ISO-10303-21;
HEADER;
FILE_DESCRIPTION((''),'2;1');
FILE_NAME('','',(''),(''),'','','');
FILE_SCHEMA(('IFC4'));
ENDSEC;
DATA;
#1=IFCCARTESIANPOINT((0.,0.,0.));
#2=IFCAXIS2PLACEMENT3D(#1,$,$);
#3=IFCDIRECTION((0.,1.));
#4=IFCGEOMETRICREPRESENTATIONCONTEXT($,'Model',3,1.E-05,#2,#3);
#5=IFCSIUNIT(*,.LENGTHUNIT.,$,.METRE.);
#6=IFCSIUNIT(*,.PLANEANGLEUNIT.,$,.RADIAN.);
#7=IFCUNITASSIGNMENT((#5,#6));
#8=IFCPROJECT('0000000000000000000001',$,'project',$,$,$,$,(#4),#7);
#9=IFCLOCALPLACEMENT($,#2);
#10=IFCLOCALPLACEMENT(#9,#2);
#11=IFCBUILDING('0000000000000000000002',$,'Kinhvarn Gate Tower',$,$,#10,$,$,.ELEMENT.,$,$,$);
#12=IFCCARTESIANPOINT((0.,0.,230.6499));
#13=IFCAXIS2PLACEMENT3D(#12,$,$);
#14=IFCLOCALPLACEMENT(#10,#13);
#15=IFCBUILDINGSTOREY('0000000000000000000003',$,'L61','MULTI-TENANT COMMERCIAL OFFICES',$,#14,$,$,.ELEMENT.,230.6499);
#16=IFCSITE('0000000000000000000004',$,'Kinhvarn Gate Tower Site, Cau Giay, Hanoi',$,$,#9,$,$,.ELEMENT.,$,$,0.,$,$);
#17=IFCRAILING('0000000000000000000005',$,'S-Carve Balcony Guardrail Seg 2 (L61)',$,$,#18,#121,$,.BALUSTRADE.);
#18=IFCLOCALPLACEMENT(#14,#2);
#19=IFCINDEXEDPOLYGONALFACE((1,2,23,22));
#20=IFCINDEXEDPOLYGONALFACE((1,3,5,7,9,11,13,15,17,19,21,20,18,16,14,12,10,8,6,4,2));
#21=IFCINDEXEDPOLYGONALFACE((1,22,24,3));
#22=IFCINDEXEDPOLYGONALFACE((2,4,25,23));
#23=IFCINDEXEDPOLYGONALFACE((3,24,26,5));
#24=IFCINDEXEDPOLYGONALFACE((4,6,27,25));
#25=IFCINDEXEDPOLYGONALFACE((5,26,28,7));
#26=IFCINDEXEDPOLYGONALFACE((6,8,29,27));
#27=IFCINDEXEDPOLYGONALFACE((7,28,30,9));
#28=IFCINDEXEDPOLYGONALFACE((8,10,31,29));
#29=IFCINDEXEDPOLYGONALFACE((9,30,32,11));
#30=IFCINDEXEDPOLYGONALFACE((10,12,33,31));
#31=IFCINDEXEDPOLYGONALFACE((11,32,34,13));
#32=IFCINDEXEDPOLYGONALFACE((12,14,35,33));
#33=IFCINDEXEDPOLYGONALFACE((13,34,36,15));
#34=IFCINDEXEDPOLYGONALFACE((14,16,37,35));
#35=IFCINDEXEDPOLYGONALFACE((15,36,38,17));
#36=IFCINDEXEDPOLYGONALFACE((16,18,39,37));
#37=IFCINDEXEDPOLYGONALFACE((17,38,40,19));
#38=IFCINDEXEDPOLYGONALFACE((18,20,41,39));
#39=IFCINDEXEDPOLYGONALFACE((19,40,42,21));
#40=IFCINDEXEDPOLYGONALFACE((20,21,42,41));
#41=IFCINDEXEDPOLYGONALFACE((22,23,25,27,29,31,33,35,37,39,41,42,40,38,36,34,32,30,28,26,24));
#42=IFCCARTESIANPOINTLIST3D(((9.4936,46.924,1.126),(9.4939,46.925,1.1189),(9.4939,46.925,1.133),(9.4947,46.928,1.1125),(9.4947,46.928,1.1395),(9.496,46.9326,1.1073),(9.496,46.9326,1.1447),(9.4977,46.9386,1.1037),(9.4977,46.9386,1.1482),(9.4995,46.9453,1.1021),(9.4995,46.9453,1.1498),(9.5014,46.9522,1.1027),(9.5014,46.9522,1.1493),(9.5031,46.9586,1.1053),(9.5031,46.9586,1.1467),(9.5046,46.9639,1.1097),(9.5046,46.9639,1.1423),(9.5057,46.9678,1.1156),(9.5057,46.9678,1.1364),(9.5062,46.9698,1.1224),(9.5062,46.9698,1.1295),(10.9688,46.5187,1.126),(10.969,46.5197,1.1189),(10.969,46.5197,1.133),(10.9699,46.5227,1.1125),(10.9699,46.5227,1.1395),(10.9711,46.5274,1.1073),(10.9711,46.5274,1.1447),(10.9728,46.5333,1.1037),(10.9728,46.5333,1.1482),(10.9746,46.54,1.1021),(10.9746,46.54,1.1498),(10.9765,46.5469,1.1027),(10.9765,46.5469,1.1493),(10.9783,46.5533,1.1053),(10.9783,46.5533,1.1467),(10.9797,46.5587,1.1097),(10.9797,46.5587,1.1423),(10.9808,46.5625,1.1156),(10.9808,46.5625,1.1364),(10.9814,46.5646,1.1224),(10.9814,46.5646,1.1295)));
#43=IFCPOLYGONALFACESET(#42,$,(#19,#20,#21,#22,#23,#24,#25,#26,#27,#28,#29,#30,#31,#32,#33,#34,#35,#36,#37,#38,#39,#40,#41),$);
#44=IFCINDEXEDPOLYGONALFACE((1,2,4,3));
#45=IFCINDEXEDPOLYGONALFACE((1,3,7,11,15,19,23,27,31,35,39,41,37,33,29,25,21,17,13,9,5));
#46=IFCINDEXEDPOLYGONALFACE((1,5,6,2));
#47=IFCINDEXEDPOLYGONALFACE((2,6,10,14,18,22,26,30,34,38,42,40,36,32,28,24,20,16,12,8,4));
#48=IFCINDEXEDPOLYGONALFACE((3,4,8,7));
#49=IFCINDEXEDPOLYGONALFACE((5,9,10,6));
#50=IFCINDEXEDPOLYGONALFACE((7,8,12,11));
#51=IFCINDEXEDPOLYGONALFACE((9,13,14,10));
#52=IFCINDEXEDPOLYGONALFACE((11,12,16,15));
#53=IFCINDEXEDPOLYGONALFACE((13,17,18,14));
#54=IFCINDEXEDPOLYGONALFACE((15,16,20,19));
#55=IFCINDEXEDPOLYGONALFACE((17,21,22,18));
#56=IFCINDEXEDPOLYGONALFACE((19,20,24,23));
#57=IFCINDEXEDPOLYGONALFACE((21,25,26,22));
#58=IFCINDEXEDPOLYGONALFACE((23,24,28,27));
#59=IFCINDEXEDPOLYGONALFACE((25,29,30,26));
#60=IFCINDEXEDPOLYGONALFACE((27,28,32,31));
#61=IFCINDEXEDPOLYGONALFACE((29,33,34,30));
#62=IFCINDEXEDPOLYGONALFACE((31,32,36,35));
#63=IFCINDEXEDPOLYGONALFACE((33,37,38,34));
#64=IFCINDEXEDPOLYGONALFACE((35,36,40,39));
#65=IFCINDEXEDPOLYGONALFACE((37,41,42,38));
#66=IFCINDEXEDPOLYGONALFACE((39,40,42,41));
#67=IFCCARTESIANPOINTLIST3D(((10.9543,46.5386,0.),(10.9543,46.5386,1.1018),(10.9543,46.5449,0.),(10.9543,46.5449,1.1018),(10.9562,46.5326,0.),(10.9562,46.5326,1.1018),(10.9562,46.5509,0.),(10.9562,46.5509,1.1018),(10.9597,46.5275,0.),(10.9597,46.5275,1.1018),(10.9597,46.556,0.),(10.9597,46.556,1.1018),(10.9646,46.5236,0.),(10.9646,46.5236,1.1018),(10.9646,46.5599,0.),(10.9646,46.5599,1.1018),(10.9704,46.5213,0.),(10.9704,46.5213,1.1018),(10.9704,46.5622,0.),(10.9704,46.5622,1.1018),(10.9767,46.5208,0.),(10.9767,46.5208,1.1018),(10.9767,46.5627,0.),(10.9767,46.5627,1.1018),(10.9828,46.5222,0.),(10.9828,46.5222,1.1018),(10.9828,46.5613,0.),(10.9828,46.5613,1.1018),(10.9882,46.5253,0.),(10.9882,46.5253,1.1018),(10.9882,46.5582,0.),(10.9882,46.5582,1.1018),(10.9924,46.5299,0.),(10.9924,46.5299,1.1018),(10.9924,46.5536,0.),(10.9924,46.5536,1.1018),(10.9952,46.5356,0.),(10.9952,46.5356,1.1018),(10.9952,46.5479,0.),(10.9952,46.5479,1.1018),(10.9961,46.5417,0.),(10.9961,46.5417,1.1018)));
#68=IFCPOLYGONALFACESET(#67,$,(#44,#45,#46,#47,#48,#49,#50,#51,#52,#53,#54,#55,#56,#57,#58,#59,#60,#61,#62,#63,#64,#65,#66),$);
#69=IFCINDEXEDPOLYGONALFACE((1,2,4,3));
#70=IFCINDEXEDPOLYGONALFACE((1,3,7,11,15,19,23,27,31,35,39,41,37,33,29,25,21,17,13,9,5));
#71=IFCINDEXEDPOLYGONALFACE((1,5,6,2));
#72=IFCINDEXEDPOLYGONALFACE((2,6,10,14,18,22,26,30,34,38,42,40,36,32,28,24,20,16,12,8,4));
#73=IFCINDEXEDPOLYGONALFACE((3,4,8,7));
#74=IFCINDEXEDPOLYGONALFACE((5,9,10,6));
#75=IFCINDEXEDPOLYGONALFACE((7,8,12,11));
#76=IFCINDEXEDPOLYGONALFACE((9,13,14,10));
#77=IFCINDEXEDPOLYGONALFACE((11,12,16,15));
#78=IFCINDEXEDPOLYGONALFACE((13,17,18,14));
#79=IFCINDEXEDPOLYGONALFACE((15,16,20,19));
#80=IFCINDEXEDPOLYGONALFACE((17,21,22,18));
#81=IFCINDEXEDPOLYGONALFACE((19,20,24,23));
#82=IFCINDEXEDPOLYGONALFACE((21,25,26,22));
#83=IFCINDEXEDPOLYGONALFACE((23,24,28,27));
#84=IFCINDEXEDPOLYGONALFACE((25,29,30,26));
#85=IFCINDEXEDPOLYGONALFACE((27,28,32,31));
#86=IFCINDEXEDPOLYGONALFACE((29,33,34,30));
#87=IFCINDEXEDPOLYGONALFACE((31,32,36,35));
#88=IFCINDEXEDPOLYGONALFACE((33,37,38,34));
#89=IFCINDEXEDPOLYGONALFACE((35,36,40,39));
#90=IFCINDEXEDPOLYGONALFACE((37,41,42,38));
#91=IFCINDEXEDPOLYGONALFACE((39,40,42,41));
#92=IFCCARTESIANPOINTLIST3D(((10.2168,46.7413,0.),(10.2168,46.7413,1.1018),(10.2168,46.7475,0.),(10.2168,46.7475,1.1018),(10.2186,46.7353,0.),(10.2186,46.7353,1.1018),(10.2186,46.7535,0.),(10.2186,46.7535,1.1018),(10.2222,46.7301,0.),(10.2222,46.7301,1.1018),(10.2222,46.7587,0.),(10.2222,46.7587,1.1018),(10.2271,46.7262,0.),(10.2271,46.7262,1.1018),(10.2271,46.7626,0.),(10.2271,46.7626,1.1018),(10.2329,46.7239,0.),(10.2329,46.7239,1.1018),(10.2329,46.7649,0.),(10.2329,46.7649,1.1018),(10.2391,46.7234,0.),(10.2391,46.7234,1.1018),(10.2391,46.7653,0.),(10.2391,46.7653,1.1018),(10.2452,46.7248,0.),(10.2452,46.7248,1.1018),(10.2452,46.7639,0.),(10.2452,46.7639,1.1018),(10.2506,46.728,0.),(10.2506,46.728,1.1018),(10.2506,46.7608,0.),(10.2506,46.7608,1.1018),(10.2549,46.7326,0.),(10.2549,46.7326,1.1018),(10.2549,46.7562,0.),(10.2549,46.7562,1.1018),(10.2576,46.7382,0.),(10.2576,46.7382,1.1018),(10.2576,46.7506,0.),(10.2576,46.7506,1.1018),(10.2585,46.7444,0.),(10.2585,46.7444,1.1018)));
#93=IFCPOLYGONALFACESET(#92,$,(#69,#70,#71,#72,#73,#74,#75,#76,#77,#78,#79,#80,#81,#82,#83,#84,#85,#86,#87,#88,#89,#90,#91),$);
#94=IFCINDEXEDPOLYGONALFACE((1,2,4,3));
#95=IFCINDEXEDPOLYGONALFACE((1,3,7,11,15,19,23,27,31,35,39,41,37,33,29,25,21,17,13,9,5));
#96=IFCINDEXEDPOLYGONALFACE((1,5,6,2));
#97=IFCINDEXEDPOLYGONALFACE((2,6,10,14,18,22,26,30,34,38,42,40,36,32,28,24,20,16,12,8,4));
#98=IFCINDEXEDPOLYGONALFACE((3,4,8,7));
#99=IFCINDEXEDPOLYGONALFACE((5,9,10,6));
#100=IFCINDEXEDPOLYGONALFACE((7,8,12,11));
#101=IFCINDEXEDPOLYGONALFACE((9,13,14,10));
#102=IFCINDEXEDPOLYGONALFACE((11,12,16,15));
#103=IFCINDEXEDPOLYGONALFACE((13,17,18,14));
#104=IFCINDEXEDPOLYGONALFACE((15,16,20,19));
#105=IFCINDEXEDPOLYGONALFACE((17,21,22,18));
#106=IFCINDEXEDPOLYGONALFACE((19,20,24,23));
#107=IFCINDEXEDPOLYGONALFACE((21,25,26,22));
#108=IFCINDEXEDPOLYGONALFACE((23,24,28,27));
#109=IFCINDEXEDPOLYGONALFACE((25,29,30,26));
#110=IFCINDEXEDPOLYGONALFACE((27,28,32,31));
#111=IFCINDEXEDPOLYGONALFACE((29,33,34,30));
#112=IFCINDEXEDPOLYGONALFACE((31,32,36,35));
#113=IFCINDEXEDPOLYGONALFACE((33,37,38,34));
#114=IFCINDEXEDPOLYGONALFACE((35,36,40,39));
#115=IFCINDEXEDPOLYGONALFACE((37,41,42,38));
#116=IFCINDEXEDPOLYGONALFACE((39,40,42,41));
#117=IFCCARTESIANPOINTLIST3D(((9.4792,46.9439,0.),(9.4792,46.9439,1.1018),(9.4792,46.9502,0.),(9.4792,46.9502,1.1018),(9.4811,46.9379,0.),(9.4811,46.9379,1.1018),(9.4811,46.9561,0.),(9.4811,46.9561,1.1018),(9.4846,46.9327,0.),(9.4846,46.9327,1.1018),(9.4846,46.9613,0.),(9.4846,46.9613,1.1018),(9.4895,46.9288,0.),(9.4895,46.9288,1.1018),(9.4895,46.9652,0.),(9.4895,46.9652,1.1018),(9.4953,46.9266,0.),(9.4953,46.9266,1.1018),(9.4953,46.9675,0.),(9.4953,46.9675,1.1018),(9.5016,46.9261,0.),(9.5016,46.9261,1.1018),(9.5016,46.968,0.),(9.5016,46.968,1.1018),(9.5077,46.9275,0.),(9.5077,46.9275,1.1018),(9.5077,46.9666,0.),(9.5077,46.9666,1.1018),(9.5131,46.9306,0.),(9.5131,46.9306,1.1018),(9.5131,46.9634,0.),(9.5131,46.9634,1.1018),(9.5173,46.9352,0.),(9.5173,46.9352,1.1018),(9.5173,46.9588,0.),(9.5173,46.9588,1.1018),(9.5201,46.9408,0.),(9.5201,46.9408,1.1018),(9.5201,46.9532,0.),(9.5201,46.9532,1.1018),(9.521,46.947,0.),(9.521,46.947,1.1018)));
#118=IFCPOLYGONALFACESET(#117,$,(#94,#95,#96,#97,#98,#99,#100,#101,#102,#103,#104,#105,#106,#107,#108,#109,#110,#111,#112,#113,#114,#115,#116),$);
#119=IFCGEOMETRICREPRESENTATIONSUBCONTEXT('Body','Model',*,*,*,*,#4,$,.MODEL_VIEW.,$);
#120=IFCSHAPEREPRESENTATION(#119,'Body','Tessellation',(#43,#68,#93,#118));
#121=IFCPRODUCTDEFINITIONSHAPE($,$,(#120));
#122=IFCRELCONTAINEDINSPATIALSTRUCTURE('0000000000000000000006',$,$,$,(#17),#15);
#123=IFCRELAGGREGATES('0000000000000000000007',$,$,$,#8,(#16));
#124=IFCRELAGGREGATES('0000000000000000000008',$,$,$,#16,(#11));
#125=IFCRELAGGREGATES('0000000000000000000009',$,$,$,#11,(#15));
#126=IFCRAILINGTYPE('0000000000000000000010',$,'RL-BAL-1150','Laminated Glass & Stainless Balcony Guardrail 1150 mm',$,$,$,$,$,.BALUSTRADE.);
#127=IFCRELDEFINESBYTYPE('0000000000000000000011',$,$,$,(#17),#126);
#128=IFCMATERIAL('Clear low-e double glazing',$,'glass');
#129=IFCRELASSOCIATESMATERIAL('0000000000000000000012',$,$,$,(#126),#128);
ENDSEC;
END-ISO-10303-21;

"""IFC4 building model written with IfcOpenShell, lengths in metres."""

from ifc_helpers import new_model, si_unit, direction, frame, origin, origin_2d, place, context, subcontext, project, spatial, circle, extrude, material, type_object, element, save


model = new_model("IFC4")

# Units and contexts
model_context = context("Model", 3, precision=1e-05, world=origin(), true_north=direction((0.0, 1.0)))
body_context = subcontext(model_context, "Body", "Model", "MODEL_VIEW")
ifc_project = project(units=[si_unit("LENGTHUNIT", "METRE"), si_unit("PLANEANGLEUNIT", "RADIAN")], contexts=[model_context])

# Site, building, storey
site_placement = place(None, origin())
site = spatial("IfcSite", under=ifc_project, at=site_placement, Name="Kinhvarn Gate Tower Site, Cau Giay, Hanoi", CompositionType="ELEMENT", RefElevation=0.0)
building_placement = place(site_placement, origin())
building = spatial("IfcBuilding", under=site, at=building_placement, Name="Kinhvarn Gate Tower", CompositionType="ELEMENT")
storey_placement = place(building_placement, frame((0.0, 0.0, 230.6499)))
storey = spatial("IfcBuildingStorey", under=building, at=storey_placement, Name="L61", Description="MULTI-TENANT COMMERCIAL OFFICES", CompositionType="ELEMENT", Elevation=230.6499)

# Shared definitions
ifc_material_1 = material(Name="Clear low-e double glazing", Category="glass")

# Railing
railing_type = type_object("IfcRailingType", Name="RL-BAL-1150", Description="Laminated Glass & Stainless Balcony Guardrail 1150 mm", PredefinedType="BALUSTRADE", material=ifc_material_1)
railing_1_placement = place(storey_placement, frame((10.9751, 46.5417, 0.0)))
element("IfcRailing", 1, at=railing_1_placement, inside=storey, type_object=railing_type, Name="S-Carve Balcony Guardrail Seg 2 (L61)", PredefinedType="BALUSTRADE", context=body_context, shape_type="SweptSolid", body=[
    extrude(circle(Radius=0.0239, at=origin_2d()), frame((0.0, 0.0, 1.126), z_axis=(-0.964269, 0.264926, 0.0), x_axis=(-0.264926, -0.964269, 0.0)), (0.0, 0.0, 1.0), 1.5298),
    extrude(circle(Radius=0.021, at=origin_2d()), origin(), (0.0, 0.0, 1.0), 1.1018),
    extrude(circle(Radius=0.021, at=origin_2d()), frame((-0.7375, 0.2026, 0.0)), (0.0, 0.0, 1.0), 1.1018),
    extrude(circle(Radius=0.021, at=origin_2d()), frame((-1.4751, 0.4053, 0.0)), (0.0, 0.0, 1.0), 1.1018),
])

save(model, "model.ifc")
